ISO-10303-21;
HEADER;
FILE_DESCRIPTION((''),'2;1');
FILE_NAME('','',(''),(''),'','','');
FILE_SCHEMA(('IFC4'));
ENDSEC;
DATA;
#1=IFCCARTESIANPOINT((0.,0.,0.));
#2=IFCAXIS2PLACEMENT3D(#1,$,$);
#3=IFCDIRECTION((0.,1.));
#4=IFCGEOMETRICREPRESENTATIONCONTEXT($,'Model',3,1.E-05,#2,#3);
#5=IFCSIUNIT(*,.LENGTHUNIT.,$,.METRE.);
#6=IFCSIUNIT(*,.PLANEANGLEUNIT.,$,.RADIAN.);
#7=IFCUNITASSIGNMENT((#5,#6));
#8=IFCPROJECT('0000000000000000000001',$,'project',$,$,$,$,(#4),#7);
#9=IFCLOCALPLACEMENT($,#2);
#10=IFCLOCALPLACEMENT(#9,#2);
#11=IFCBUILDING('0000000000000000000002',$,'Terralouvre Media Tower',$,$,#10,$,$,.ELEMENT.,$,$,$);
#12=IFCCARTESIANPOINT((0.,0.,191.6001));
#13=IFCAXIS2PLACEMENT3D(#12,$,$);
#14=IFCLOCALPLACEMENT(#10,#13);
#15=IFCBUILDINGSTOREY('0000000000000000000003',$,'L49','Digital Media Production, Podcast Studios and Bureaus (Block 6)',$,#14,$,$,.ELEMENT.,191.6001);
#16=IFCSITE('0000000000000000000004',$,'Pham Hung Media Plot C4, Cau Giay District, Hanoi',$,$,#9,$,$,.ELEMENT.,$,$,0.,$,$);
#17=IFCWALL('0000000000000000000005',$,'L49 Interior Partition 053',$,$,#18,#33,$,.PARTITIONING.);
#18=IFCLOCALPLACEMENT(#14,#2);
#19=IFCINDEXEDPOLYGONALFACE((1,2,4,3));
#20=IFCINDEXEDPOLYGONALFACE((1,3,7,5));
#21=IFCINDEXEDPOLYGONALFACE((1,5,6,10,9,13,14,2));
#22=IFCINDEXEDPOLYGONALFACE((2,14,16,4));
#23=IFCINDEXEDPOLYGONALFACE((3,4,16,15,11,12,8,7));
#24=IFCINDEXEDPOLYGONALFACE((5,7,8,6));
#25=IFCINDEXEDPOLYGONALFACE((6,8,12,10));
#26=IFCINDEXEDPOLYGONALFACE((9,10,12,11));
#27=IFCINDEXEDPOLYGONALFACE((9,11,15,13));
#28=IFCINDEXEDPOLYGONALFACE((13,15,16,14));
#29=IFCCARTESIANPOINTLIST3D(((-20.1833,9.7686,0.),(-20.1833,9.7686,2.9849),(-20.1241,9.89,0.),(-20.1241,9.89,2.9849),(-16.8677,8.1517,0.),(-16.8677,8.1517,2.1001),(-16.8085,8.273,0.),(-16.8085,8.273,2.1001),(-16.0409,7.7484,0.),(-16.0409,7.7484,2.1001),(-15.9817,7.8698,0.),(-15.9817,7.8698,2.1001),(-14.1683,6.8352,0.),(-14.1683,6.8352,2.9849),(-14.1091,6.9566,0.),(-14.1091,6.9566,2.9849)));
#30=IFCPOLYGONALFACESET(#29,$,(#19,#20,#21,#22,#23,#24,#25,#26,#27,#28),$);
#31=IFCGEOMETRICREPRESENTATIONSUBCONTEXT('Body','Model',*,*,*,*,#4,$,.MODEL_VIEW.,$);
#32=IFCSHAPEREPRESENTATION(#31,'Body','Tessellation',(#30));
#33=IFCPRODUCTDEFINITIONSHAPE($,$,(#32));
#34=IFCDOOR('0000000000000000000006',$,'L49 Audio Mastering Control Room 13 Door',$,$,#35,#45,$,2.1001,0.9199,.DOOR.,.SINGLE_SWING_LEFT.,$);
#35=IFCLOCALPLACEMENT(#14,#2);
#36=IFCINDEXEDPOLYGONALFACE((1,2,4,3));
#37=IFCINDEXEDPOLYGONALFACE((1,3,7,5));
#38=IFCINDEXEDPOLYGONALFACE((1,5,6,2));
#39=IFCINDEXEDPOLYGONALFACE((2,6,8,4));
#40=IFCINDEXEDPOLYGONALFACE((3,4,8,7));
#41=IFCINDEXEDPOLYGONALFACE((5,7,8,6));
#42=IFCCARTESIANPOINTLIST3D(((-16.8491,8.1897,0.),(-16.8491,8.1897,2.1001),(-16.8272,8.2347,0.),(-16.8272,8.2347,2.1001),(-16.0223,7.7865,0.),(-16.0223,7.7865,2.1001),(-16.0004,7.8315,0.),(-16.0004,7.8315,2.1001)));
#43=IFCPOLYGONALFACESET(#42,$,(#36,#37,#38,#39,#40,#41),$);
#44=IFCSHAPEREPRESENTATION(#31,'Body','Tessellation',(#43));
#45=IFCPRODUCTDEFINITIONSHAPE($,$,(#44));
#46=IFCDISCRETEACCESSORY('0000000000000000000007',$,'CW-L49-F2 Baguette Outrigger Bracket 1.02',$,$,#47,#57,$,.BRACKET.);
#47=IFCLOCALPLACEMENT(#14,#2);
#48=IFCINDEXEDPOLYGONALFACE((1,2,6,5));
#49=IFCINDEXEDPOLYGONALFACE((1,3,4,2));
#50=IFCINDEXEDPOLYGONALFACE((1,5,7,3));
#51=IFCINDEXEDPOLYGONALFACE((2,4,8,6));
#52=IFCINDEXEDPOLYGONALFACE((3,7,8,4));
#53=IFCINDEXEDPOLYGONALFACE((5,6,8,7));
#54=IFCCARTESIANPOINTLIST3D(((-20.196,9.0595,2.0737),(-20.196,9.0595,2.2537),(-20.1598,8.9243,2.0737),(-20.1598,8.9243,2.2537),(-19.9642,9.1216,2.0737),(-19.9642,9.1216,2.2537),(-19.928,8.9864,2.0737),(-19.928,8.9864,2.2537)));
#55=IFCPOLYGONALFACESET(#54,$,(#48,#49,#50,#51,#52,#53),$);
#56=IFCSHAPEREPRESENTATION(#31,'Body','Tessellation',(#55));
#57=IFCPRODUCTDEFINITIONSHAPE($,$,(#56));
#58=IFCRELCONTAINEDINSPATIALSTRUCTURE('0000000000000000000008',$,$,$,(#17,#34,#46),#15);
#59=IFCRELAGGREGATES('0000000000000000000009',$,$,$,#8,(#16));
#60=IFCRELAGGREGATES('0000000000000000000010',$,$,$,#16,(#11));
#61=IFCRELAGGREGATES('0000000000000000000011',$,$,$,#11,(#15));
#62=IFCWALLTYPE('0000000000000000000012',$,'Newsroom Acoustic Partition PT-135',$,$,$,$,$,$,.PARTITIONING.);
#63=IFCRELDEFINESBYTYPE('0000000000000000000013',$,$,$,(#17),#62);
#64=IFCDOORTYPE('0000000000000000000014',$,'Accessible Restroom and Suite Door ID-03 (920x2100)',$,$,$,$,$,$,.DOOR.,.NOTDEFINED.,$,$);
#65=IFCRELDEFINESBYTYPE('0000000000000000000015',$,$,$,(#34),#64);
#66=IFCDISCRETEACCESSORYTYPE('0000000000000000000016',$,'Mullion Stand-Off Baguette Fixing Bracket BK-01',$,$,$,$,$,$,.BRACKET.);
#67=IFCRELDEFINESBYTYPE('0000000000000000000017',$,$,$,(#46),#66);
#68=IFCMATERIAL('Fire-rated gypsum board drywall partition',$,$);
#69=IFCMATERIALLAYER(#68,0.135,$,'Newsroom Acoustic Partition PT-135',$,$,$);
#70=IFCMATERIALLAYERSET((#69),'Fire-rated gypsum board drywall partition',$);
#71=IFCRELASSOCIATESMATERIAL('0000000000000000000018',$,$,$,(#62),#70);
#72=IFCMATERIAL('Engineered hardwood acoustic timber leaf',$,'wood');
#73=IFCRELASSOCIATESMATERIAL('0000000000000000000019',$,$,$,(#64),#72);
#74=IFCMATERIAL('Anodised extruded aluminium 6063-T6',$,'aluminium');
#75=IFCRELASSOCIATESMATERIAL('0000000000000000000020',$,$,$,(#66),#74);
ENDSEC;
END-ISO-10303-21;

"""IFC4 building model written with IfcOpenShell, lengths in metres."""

from ifc_helpers import new_model, si_unit, direction, frame, frame_2d, origin, origin_2d, place, context, subcontext, project, spatial, rectangle, extrude, material, layer, layer_set, type_object, element, fill, save


model = new_model("IFC4")

# Units and contexts
model_context = context("Model", 3, precision=1e-05, world=origin(), true_north=direction((0.0, 1.0)))
body_context = subcontext(model_context, "Body", "Model", "MODEL_VIEW")
ifc_project = project(units=[si_unit("LENGTHUNIT", "METRE"), si_unit("PLANEANGLEUNIT", "RADIAN")], contexts=[model_context])

# Site, building, storey
site_placement = place(None, origin())
site = spatial("IfcSite", under=ifc_project, at=site_placement, Name="Pham Hung Media Plot C4, Cau Giay District, Hanoi", CompositionType="ELEMENT", RefElevation=0.0)
building_placement = place(site_placement, origin())
building = spatial("IfcBuilding", under=site, at=building_placement, Name="Terralouvre Media Tower", CompositionType="ELEMENT")
storey_placement = place(building_placement, frame((0.0, 0.0, 191.6001)))
storey = spatial("IfcBuildingStorey", under=building, at=storey_placement, Name="L49", Description="Digital Media Production, Podcast Studios and Bureaus (Block 6)", CompositionType="ELEMENT", Elevation=191.6001)

# Shared definitions
ifc_material_1 = material(Name="Fire-rated gypsum board drywall partition")
ifc_layer_1 = layer(ifc_material_1, 0.135, Name="Newsroom Acoustic Partition PT-135")
ifc_layer_set_1 = layer_set([ifc_layer_1], Name="Fire-rated gypsum board drywall partition")
wall_type = type_object("IfcWallType", Name="Newsroom Acoustic Partition PT-135", PredefinedType="PARTITIONING", material=ifc_layer_set_1)

# Wall, opening, door
wall_1_placement = place(storey_placement, frame((-20.1538, 9.8293, 0.0), z_axis=(0.0, 0.0, 1.0), x_axis=(0.898812, -0.438334, 0.0)))
wall_1 = element("IfcWall", 1, at=wall_1_placement, inside=storey, type_object=wall_type, Name="L49 Interior Partition 053", PredefinedType="PARTITIONING", context=body_context, shape_type="SweptSolid", body=[
    extrude(rectangle(XDim=6.6921, YDim=0.135, at=frame_2d((3.3462, 0.0))), origin(), (0.0, 0.0, 1.0), 2.9849),
])
opening_1_placement = place(wall_1_placement, frame((3.689, 0.0, 0.0)))
opening_1 = element("IfcOpeningElement", 2, at=opening_1_placement, cuts=wall_1, PredefinedType="OPENING", context=body_context, shape_type="SweptSolid", body=[
    extrude(rectangle(XDim=0.9199, YDim=2.1001, at=frame_2d((0.46, 1.05))), frame((0.0, 0.0774, 0.0), z_axis=(0.0, -1.0, 0.0), x_axis=(1.0, 0.0, 0.0)), (0.0, 0.0, 1.0), 0.155),
])
ifc_material_2 = material(Name="Engineered hardwood acoustic timber leaf", Category="wood")
door_type_1 = type_object("IfcDoorType", Name="Accessible Restroom and Suite Door ID-03 (920x2100)", OperationType="NOTDEFINED", PredefinedType="DOOR", material=ifc_material_2)
door_1_placement = place(opening_1_placement, origin())
door_1 = element("IfcDoor", 3, at=door_1_placement, inside=storey, type_object=door_type_1, Name="L49 Audio Mastering Control Room 13 Door", OperationType="SINGLE_SWING_LEFT", OverallHeight=2.1001, OverallWidth=0.9199, PredefinedType="DOOR", context=body_context, shape_type="SweptSolid", body=[
    extrude(rectangle(XDim=0.9199, YDim=2.1001, at=frame_2d((0.46, 1.05))), frame((0.0, 0.0249, 0.0), z_axis=(0.0, -1.0, 0.0), x_axis=(1.0, 0.0, 0.0)), (0.0, 0.0, 1.0), 0.05),
])
fill(opening_1, door_1)

# Discrete accessory
ifc_material_3 = material(Name="Anodised extruded aluminium 6063-T6", Category="aluminium")
discrete_accessory_type = type_object("IfcDiscreteAccessoryType", Name="Mullion Stand-Off Baguette Fixing Bracket BK-01", PredefinedType="BRACKET", material=ifc_material_3)
discrete_accessory_placement = place(storey_placement, frame((-20.062, 9.0229, 2.0737), z_axis=(0.0, 0.0, 1.0), x_axis=(0.258819, -0.965926, 0.0)))
element("IfcDiscreteAccessory", 4, at=discrete_accessory_placement, inside=storey, type_object=discrete_accessory_type, Name="CW-L49-F2 Baguette Outrigger Bracket 1.02", PredefinedType="BRACKET", context=body_context, shape_type="SweptSolid", body=[
    extrude(rectangle(XDim=0.1399, YDim=0.24, at=origin_2d()), origin(), (0.0, 0.0, 1.0), 0.1799),
])

save(model, "model.ifc")
